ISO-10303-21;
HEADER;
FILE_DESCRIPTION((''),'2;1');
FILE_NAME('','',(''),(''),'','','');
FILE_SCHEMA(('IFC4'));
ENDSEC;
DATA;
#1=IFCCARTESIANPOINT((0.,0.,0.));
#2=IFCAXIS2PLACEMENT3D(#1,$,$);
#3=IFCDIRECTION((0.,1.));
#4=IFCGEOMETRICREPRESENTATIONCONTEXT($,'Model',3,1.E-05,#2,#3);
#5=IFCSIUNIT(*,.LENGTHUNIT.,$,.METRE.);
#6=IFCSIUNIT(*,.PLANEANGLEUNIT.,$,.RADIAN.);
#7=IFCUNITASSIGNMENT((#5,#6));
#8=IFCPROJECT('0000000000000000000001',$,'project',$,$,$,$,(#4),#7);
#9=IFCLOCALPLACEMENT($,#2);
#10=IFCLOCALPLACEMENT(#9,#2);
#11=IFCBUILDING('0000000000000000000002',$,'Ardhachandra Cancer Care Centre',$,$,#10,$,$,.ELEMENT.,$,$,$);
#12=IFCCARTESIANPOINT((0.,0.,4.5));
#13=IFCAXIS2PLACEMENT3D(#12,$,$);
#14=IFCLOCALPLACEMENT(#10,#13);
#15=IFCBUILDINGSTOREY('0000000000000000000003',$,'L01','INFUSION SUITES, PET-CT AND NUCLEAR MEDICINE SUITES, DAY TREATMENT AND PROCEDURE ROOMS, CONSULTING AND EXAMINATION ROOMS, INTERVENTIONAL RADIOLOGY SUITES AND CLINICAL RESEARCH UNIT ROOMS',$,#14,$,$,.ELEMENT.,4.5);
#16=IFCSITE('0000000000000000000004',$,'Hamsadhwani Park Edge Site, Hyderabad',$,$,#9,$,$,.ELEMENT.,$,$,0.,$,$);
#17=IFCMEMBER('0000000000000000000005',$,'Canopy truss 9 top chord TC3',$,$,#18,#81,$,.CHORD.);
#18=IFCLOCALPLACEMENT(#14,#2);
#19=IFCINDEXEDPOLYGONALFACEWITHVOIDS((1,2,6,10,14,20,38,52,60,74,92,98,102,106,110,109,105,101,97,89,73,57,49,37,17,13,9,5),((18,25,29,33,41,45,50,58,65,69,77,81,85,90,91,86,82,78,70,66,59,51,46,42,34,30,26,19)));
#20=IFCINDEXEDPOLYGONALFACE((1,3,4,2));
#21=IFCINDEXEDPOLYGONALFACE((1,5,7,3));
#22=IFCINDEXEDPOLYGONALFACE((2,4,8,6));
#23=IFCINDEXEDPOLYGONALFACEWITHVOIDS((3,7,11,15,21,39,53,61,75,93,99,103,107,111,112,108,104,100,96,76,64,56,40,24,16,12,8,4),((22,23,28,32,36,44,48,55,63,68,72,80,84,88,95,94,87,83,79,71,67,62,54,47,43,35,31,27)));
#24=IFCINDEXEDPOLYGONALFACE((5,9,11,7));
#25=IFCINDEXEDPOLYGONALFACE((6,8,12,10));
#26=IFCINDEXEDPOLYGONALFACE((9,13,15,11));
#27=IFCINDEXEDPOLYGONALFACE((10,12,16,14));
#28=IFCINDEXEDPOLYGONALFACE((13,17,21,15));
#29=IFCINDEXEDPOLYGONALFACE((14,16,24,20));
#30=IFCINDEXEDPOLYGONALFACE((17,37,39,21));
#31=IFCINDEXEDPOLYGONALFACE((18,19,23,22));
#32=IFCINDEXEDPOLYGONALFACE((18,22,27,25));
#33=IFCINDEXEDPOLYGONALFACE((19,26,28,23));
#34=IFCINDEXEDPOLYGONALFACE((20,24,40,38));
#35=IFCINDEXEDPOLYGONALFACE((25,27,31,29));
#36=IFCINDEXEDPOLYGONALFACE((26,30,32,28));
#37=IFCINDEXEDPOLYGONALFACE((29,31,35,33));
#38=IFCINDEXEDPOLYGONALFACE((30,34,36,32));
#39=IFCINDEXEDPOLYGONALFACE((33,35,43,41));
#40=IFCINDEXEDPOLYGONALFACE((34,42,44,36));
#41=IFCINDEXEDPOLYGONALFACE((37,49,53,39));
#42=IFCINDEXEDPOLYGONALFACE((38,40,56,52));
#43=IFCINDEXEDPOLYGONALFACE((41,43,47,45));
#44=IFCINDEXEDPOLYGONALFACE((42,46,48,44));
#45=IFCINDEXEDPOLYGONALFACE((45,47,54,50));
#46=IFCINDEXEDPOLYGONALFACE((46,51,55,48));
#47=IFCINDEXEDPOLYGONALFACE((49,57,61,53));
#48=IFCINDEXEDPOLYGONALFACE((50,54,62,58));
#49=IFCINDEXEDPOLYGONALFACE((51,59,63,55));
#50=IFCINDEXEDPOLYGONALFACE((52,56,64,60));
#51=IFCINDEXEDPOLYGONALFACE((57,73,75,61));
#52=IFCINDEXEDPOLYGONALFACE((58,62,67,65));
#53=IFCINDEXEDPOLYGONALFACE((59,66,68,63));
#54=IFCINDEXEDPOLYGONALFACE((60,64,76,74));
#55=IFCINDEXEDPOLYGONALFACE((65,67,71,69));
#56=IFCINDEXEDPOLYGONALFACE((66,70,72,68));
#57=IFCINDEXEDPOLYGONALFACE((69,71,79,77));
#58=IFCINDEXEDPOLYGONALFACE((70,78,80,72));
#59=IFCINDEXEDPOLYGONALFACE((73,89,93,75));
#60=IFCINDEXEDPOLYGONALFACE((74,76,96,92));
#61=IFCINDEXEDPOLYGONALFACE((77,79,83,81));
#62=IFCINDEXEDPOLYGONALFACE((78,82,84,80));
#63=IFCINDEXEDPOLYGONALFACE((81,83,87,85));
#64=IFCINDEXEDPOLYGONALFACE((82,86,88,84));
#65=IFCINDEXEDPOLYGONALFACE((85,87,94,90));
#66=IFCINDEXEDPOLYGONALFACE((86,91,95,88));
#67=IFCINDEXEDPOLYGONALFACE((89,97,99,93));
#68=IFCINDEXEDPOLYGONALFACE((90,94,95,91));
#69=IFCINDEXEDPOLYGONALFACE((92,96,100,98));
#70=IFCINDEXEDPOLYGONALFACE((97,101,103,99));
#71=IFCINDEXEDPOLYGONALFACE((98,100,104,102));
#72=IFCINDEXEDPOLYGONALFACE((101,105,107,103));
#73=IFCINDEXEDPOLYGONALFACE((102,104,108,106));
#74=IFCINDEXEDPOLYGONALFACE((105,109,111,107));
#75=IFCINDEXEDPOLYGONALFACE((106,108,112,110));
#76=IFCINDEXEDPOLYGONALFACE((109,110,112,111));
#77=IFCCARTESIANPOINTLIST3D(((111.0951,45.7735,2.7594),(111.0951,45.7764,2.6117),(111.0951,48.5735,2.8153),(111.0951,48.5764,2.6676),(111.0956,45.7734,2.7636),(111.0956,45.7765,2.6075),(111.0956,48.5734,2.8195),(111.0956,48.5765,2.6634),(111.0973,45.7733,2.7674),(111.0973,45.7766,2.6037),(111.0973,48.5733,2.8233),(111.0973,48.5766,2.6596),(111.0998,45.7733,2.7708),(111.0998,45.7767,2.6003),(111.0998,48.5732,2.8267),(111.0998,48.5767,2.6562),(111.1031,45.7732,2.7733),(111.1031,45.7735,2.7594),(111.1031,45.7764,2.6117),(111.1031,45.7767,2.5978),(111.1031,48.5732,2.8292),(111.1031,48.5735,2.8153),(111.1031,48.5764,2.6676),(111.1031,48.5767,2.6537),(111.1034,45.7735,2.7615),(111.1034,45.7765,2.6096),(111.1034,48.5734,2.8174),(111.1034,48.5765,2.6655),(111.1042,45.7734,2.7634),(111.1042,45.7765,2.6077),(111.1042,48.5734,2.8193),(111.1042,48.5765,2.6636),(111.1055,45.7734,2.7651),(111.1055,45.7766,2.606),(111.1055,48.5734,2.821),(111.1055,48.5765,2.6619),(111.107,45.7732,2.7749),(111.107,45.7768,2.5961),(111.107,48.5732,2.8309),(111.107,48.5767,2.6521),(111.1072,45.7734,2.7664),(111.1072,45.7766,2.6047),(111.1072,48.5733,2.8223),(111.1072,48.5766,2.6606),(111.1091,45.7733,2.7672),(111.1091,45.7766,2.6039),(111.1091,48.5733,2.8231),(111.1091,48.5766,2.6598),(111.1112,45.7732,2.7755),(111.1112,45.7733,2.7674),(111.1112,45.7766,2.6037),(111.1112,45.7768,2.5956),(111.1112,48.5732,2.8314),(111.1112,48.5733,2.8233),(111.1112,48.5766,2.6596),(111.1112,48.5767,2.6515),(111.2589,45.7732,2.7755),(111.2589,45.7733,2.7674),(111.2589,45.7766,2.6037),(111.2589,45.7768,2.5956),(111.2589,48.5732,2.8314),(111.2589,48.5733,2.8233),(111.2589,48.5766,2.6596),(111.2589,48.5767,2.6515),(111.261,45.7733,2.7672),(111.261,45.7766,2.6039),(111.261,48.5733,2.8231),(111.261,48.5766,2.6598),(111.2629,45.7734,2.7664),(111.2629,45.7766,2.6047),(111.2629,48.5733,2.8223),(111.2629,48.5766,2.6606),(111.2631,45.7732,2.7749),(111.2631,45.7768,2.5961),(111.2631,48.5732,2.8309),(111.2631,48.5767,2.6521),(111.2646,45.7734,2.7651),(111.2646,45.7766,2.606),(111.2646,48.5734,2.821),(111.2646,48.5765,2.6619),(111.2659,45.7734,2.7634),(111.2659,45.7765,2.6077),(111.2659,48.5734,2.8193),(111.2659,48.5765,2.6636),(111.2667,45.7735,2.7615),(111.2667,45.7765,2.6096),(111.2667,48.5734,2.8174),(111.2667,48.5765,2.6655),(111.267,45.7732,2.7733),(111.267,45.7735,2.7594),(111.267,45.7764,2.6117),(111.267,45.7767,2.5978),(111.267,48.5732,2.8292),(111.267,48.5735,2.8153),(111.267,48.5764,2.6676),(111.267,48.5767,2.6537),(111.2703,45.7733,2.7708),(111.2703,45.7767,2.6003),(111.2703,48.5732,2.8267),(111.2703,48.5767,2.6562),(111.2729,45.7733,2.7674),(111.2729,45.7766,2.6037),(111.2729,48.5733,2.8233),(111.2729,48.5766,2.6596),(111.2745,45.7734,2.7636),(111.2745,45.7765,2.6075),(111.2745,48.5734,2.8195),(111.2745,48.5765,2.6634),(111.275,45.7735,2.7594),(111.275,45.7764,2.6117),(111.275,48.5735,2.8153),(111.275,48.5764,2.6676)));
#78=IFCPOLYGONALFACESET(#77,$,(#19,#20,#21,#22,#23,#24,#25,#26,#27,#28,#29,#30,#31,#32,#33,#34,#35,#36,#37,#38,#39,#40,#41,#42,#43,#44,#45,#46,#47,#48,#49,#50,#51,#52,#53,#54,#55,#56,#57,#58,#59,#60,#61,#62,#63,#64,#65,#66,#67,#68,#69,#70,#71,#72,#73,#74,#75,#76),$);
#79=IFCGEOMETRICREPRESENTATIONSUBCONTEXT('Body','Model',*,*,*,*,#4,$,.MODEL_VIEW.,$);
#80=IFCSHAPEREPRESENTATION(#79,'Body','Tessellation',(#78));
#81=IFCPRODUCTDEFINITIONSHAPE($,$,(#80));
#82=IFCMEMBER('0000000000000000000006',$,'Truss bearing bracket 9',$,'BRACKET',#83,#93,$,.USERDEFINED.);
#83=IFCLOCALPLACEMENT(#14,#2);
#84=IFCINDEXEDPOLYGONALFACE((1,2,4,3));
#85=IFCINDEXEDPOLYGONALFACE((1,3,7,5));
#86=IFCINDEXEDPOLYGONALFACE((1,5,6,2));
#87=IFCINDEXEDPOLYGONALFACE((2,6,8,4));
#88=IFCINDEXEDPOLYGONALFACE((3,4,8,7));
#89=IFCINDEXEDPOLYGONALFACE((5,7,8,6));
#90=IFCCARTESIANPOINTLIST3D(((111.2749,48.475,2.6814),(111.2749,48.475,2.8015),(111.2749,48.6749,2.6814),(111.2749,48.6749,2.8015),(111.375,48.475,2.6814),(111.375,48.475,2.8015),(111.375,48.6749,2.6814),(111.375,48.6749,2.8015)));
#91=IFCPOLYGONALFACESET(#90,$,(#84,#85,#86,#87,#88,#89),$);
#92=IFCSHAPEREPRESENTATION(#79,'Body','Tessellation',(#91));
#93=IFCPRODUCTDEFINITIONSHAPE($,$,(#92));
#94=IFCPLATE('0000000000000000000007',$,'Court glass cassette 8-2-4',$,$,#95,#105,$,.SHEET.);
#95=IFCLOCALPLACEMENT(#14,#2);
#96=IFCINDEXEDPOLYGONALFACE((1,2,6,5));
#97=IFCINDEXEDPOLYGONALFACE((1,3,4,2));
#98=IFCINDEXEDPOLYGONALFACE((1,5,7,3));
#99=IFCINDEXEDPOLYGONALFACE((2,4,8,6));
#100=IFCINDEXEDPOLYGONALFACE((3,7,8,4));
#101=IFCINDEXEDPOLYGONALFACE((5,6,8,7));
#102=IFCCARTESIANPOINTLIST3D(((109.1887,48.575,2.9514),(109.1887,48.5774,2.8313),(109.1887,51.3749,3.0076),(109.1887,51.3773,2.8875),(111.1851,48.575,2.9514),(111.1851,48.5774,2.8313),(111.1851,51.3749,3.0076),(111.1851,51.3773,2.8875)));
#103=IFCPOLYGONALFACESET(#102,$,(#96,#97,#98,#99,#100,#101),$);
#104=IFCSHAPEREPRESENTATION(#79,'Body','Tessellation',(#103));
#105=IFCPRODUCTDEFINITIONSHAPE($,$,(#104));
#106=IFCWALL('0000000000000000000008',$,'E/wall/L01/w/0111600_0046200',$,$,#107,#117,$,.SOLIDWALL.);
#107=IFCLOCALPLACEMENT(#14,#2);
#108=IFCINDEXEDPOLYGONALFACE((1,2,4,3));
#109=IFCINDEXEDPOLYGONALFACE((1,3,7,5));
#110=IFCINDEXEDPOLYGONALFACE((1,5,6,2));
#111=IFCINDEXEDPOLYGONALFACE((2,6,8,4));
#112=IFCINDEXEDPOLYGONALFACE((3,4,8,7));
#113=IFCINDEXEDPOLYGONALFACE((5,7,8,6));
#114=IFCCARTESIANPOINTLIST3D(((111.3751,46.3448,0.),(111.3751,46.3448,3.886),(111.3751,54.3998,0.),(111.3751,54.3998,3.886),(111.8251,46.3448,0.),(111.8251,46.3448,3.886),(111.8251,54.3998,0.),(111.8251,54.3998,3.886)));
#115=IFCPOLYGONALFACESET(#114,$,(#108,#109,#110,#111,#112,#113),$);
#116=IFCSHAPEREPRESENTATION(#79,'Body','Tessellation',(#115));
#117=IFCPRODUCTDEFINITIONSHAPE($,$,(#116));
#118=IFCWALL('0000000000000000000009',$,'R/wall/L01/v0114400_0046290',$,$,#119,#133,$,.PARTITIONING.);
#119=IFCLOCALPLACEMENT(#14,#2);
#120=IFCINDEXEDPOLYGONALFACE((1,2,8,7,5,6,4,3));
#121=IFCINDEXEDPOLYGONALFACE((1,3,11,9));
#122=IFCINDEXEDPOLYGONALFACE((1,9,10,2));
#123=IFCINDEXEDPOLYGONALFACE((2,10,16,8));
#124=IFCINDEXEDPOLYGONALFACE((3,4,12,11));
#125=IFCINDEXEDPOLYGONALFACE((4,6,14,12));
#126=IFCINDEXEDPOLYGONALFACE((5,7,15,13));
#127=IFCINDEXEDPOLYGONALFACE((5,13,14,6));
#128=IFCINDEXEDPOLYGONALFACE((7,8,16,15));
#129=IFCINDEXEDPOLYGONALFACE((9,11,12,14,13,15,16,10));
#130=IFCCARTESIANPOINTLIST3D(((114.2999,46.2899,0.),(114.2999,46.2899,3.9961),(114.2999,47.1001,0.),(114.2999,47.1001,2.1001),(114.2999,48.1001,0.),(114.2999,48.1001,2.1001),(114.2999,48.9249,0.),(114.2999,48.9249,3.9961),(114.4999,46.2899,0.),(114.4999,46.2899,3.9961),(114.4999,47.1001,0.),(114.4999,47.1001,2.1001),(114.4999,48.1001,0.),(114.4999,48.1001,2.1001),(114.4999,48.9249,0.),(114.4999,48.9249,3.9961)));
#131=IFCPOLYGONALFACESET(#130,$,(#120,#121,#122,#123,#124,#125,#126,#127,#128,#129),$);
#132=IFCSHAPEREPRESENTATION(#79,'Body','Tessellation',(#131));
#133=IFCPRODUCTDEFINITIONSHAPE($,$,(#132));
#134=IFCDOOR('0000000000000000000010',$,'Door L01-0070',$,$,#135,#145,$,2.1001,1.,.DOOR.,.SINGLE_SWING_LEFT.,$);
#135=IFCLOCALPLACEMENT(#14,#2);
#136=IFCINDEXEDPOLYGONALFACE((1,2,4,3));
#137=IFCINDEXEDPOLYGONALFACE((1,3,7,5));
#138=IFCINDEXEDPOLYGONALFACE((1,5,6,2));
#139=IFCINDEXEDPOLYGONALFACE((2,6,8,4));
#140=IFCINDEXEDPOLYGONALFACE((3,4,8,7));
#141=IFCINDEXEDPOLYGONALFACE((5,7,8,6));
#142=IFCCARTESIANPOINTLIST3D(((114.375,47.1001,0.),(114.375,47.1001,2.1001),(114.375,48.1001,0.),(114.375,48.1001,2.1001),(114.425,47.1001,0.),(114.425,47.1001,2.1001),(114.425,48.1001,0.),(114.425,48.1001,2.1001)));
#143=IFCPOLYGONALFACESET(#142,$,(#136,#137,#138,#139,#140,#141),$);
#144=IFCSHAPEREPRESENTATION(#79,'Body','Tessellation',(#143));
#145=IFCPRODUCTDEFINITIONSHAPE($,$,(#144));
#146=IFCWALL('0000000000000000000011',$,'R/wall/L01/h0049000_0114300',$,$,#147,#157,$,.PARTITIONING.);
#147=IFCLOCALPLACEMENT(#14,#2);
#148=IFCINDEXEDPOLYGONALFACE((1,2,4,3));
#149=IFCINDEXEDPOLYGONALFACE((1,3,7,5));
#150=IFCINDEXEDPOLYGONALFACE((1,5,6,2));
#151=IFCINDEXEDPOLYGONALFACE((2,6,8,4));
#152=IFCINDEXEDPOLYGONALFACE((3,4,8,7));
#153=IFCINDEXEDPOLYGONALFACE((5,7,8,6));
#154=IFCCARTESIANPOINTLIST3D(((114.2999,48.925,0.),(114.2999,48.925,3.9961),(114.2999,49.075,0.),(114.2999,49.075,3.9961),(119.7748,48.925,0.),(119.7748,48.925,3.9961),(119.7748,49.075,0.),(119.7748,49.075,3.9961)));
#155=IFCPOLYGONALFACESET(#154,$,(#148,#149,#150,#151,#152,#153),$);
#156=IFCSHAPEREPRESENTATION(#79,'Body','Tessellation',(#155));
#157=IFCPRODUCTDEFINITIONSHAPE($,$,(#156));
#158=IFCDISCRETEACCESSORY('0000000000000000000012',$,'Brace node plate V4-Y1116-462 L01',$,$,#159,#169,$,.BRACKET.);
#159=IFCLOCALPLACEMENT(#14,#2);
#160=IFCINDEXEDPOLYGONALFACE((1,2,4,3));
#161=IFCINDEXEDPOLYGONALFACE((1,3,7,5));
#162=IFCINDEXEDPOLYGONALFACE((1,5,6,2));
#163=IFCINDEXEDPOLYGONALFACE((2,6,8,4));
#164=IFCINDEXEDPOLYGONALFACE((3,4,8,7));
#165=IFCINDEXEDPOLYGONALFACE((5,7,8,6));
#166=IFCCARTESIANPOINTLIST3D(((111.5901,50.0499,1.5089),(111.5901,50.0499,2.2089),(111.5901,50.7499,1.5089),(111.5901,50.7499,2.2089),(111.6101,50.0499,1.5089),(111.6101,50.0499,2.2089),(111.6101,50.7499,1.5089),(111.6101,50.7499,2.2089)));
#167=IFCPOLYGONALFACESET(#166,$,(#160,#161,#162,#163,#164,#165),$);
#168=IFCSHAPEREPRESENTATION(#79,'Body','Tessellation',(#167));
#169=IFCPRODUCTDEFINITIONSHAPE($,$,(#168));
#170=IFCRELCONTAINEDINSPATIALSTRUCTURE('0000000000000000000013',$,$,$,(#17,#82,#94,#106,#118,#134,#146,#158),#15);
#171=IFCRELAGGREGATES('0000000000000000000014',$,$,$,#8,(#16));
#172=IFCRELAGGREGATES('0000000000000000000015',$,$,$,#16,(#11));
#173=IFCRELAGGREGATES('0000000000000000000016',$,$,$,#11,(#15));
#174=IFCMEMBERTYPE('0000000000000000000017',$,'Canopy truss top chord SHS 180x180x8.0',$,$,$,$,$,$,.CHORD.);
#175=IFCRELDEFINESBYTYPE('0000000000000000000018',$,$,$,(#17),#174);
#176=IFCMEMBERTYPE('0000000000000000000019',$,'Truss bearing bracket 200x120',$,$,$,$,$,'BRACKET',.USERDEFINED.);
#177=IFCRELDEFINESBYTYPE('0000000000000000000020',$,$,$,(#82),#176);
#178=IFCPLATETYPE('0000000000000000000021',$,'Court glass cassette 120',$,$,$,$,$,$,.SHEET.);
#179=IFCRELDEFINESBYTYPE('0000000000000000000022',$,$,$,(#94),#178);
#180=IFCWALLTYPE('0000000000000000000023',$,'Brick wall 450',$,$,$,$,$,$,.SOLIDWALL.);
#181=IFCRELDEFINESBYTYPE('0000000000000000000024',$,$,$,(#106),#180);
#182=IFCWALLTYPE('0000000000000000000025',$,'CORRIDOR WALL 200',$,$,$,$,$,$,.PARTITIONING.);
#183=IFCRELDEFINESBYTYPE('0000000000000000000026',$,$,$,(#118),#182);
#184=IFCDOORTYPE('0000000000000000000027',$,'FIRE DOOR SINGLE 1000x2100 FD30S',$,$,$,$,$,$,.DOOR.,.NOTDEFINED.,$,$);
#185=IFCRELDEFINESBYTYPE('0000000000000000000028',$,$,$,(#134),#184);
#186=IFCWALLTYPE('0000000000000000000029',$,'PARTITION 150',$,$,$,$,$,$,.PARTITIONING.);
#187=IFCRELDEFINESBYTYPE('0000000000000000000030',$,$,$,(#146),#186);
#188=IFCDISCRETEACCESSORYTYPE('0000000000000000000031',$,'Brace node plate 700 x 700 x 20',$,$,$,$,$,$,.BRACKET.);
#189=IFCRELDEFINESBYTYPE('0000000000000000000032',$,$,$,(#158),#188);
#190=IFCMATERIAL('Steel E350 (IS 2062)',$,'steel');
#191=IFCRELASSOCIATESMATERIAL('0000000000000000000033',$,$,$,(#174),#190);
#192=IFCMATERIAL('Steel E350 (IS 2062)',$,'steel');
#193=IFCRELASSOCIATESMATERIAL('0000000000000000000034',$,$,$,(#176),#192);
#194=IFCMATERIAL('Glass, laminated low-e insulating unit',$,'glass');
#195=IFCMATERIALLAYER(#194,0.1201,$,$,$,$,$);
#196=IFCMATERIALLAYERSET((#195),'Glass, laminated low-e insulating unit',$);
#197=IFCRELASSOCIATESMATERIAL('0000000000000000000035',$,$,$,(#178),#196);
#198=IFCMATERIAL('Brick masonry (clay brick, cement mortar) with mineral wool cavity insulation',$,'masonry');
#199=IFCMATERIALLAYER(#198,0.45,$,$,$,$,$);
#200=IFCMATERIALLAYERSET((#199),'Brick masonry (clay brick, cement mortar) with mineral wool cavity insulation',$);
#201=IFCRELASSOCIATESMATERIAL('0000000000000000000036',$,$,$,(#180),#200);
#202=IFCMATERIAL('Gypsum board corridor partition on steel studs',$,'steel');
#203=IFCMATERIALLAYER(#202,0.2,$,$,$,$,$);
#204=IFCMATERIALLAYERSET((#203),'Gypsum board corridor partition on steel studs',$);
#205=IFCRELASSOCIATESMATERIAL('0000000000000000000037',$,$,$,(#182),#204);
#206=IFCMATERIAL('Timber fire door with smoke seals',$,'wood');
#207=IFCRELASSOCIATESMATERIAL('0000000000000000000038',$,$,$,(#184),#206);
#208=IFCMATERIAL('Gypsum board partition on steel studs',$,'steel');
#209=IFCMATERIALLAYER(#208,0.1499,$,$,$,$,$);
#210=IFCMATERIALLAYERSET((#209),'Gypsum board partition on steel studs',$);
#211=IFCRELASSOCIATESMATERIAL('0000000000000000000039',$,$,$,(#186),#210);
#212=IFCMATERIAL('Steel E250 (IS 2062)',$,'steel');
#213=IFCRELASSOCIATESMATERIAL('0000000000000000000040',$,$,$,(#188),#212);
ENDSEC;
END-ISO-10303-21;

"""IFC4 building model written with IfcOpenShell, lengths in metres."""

from ifc_helpers import new_model, si_unit, direction, frame, frame_2d, origin, origin_2d, place, context, subcontext, project, spatial, polyline, rectangle, hollow_rectangle, outline, extrude, material, layer, layer_set, material_profile, profile_set, type_object, element, fill, save


model = new_model("IFC4")

# Units and contexts
model_context = context("Model", 3, precision=1e-05, world=origin(), true_north=direction((0.0, 1.0)))
body_context = subcontext(model_context, "Body", "Model", "MODEL_VIEW")
ifc_project = project(units=[si_unit("LENGTHUNIT", "METRE"), si_unit("PLANEANGLEUNIT", "RADIAN")], contexts=[model_context])

# Site, building, storey
site_placement = place(None, origin())
site = spatial("IfcSite", under=ifc_project, at=site_placement, Name="Hamsadhwani Park Edge Site, Hyderabad", CompositionType="ELEMENT", RefElevation=0.0)
building_placement = place(site_placement, origin())
building = spatial("IfcBuilding", under=site, at=building_placement, Name="Ardhachandra Cancer Care Centre", CompositionType="ELEMENT")
storey_placement = place(building_placement, frame((0.0, 0.0, 4.5)))
storey = spatial("IfcBuildingStorey", under=building, at=storey_placement, Name="L01", Description="INFUSION SUITES, PET-CT AND NUCLEAR MEDICINE SUITES, DAY TREATMENT AND PROCEDURE ROOMS, CONSULTING AND EXAMINATION ROOMS, INTERVENTIONAL RADIOLOGY SUITES AND CLINICAL RESEARCH UNIT ROOMS", CompositionType="ELEMENT", Elevation=4.5)

# Members
ifc_material_1 = material(Name="Steel E350 (IS 2062)", Category="steel")
ifc_material_profile_1 = material_profile(ifc_material_1, hollow_rectangle(XDim=0.1799, YDim=0.1799, WallThickness=0.0081, InnerFilletRadius=0.0081, OuterFilletRadius=0.0161, at=origin_2d()), Name="SHS 180x180x8.0")
ifc_profile_set_1 = profile_set([ifc_material_profile_1], Name="Steel E350 (IS 2062)")
member_type_1 = type_object("IfcMemberType", Name="Canopy truss top chord SHS 180x180x8.0", PredefinedType="CHORD", material=ifc_profile_set_1)
member_1_placement = place(storey_placement, frame((111.1851, 48.575, 2.7415), z_axis=(0.0, -0.999801, -0.019963), x_axis=(1.0, 0.0, 0.0)))
element("IfcMember", 1, at=member_1_placement, inside=storey, type_object=member_type_1, Name="Canopy truss 9 top chord TC3", PredefinedType="CHORD", context=body_context, shape_type="SweptSolid", body=[
    extrude(hollow_rectangle(XDim=0.1799, YDim=0.1799, WallThickness=0.0081, InnerFilletRadius=0.0081, OuterFilletRadius=0.0161, at=origin_2d()), origin(), (0.0, 0.0, 1.0), 2.8005),
])
ifc_material_2 = material(Name="Steel E350 (IS 2062)", Category="steel")
ifc_material_profile_2 = material_profile(ifc_material_2, rectangle(XDim=0.2, YDim=0.1201, at=origin_2d()), Name="PL 200x120")
ifc_profile_set_2 = profile_set([ifc_material_profile_2], Name="Steel E350 (IS 2062)")
member_type_2 = type_object("IfcMemberType", Name="Truss bearing bracket 200x120", ElementType="BRACKET", PredefinedType="USERDEFINED", material=ifc_profile_set_2)
member_2_placement = place(storey_placement, frame((111.2749, 48.575, 2.7415), z_axis=(1.0, 0.0, 0.0), x_axis=(0.0, 1.0, 0.0)))
element("IfcMember", 2, at=member_2_placement, inside=storey, type_object=member_type_2, Name="Truss bearing bracket 9", ObjectType="BRACKET", PredefinedType="USERDEFINED", context=body_context, shape_type="SweptSolid", body=[
    extrude(rectangle(XDim=0.2, YDim=0.1201, at=origin_2d()), origin(), (0.0, 0.0, 1.0), 0.1001),
])

# Plate
ifc_material_3 = material(Name="Glass, laminated low-e insulating unit", Category="glass")
ifc_layer_1 = layer(ifc_material_3, 0.1201)
ifc_layer_set_1 = layer_set([ifc_layer_1], Name="Glass, laminated low-e insulating unit")
plate_type = type_object("IfcPlateType", Name="Court glass cassette 120", PredefinedType="SHEET", material=ifc_layer_set_1)
plate_placement = place(storey_placement, frame((111.1851, 48.575, 2.9514), z_axis=(0.0, -0.02005, 0.999799), x_axis=(-1.0, 0.0, 0.0)))
element("IfcPlate", 3, at=plate_placement, inside=storey, type_object=plate_type, Name="Court glass cassette 8-2-4", PredefinedType="SHEET", context=body_context, shape_type="SweptSolid", body=[
    extrude(outline(polyline([(0.0, -2.8005), (1.9963, -2.8005), (1.9963, 0.0), (0.0, 0.0), (0.0, -2.8005)])), frame((0.0, 0.0, -0.1201)), (0.0, 0.0, 1.0), 0.1201),
])

# Wall
ifc_material_4 = material(Name="Brick masonry (clay brick, cement mortar) with mineral wool cavity insulation", Category="masonry")
ifc_layer_2 = layer(ifc_material_4, 0.45)
ifc_layer_set_2 = layer_set([ifc_layer_2], Name="Brick masonry (clay brick, cement mortar) with mineral wool cavity insulation")
wall_type_1 = type_object("IfcWallType", Name="Brick wall 450", PredefinedType="SOLIDWALL", material=ifc_layer_set_2)
wall_1_placement = place(storey_placement, frame((111.6001, 46.345, 0.0), z_axis=(0.0, 0.0, 1.0), x_axis=(0.0, 1.0, 0.0)))
element("IfcWall", 4, at=wall_1_placement, inside=storey, type_object=wall_type_1, Name="E/wall/L01/w/0111600_0046200", PredefinedType="SOLIDWALL", context=body_context, shape_type="SweptSolid", body=[
    extrude(rectangle(XDim=8.0549, YDim=0.45, at=frame_2d((4.0273, 0.0))), origin(), (0.0, 0.0, 1.0), 3.886),
])

# Wall, opening, door
ifc_material_5 = material(Name="Gypsum board corridor partition on steel studs", Category="steel")
ifc_layer_3 = layer(ifc_material_5, 0.2)
ifc_layer_set_3 = layer_set([ifc_layer_3], Name="Gypsum board corridor partition on steel studs")
wall_type_2 = type_object("IfcWallType", Name="CORRIDOR WALL 200", PredefinedType="PARTITIONING", material=ifc_layer_set_3)
wall_2_placement = place(storey_placement, frame((114.3999, 46.29, 0.0), z_axis=(0.0, 0.0, 1.0), x_axis=(0.0, 1.0, 0.0)))
wall_2 = element("IfcWall", 5, at=wall_2_placement, inside=storey, type_object=wall_type_2, Name="R/wall/L01/v0114400_0046290", PredefinedType="PARTITIONING", context=body_context, shape_type="SweptSolid", body=[
    extrude(rectangle(XDim=2.635, YDim=0.2, at=frame_2d((1.3174, 0.0))), origin(), (0.0, 0.0, 1.0), 3.9961),
])
opening_placement = place(wall_2_placement, frame((0.8101, 0.0, 0.0)))
opening = element("IfcOpeningElement", 6, at=opening_placement, cuts=wall_2, PredefinedType="OPENING", context=body_context, shape_type="SweptSolid", body=[
    extrude(rectangle(XDim=1.0, YDim=2.1001, at=frame_2d((0.5, 1.05))), frame((0.0, 0.1099, 0.0), z_axis=(0.0, -1.0, 0.0), x_axis=(1.0, 0.0, 0.0)), (0.0, 0.0, 1.0), 0.22),
])
ifc_material_6 = material(Name="Timber fire door with smoke seals", Category="wood")
door_type = type_object("IfcDoorType", Name="FIRE DOOR SINGLE 1000x2100 FD30S", OperationType="NOTDEFINED", PredefinedType="DOOR", material=ifc_material_6)
door_placement = place(opening_placement, origin())
door = element("IfcDoor", 7, at=door_placement, inside=storey, type_object=door_type, Name="Door L01-0070", OperationType="SINGLE_SWING_LEFT", OverallHeight=2.1001, OverallWidth=1.0, PredefinedType="DOOR", context=body_context, shape_type="SweptSolid", body=[
    extrude(rectangle(XDim=1.0, YDim=2.1001, at=frame_2d((0.5, 1.05))), frame((0.0, 0.0249, 0.0), z_axis=(0.0, -1.0, 0.0), x_axis=(1.0, 0.0, 0.0)), (0.0, 0.0, 1.0), 0.05),
])
fill(opening, door)

# Wall
ifc_material_7 = material(Name="Gypsum board partition on steel studs", Category="steel")
ifc_layer_4 = layer(ifc_material_7, 0.1499)
ifc_layer_set_4 = layer_set([ifc_layer_4], Name="Gypsum board partition on steel studs")
wall_type_3 = type_object("IfcWallType", Name="PARTITION 150", PredefinedType="PARTITIONING", material=ifc_layer_set_4)
wall_3_placement = place(storey_placement, frame((114.3, 49.0, 0.0), z_axis=(0.0, 0.0, 1.0), x_axis=(1.0, 0.0, 0.0)))
element("IfcWall", 8, at=wall_3_placement, inside=storey, type_object=wall_type_3, Name="R/wall/L01/h0049000_0114300", PredefinedType="PARTITIONING", context=body_context, shape_type="SweptSolid", body=[
    extrude(rectangle(XDim=5.4749, YDim=0.1499, at=frame_2d((2.7373, 0.0))), origin(), (0.0, 0.0, 1.0), 3.9961),
])

# Discrete accessory
ifc_material_8 = material(Name="Steel E250 (IS 2062)", Category="steel")
ifc_material_profile_3 = material_profile(ifc_material_8, rectangle(XDim=0.7, YDim=0.7, at=origin_2d()), Name="PL 700x700x20")
ifc_profile_set_3 = profile_set([ifc_material_profile_3], Name="Steel E250 (IS 2062)")
discrete_accessory_type_1 = type_object("IfcDiscreteAccessoryType", Name="Brace node plate 700 x 700 x 20", PredefinedType="BRACKET", material=ifc_profile_set_3)
discrete_accessory_1_placement = place(storey_placement, frame((111.5901, 50.3999, 1.8589), z_axis=(1.0, 0.0, 0.0), x_axis=(0.0, 1.0, 0.0)))
element("IfcDiscreteAccessory", 9, at=discrete_accessory_1_placement, inside=storey, type_object=discrete_accessory_type_1, Name="Brace node plate V4-Y1116-462 L01", PredefinedType="BRACKET", context=body_context, shape_type="SweptSolid", body=[
    extrude(rectangle(XDim=0.7, YDim=0.7, at=origin_2d()), origin(), (0.0, 0.0, 1.0), 0.02),
])

save(model, "model.ifc")
